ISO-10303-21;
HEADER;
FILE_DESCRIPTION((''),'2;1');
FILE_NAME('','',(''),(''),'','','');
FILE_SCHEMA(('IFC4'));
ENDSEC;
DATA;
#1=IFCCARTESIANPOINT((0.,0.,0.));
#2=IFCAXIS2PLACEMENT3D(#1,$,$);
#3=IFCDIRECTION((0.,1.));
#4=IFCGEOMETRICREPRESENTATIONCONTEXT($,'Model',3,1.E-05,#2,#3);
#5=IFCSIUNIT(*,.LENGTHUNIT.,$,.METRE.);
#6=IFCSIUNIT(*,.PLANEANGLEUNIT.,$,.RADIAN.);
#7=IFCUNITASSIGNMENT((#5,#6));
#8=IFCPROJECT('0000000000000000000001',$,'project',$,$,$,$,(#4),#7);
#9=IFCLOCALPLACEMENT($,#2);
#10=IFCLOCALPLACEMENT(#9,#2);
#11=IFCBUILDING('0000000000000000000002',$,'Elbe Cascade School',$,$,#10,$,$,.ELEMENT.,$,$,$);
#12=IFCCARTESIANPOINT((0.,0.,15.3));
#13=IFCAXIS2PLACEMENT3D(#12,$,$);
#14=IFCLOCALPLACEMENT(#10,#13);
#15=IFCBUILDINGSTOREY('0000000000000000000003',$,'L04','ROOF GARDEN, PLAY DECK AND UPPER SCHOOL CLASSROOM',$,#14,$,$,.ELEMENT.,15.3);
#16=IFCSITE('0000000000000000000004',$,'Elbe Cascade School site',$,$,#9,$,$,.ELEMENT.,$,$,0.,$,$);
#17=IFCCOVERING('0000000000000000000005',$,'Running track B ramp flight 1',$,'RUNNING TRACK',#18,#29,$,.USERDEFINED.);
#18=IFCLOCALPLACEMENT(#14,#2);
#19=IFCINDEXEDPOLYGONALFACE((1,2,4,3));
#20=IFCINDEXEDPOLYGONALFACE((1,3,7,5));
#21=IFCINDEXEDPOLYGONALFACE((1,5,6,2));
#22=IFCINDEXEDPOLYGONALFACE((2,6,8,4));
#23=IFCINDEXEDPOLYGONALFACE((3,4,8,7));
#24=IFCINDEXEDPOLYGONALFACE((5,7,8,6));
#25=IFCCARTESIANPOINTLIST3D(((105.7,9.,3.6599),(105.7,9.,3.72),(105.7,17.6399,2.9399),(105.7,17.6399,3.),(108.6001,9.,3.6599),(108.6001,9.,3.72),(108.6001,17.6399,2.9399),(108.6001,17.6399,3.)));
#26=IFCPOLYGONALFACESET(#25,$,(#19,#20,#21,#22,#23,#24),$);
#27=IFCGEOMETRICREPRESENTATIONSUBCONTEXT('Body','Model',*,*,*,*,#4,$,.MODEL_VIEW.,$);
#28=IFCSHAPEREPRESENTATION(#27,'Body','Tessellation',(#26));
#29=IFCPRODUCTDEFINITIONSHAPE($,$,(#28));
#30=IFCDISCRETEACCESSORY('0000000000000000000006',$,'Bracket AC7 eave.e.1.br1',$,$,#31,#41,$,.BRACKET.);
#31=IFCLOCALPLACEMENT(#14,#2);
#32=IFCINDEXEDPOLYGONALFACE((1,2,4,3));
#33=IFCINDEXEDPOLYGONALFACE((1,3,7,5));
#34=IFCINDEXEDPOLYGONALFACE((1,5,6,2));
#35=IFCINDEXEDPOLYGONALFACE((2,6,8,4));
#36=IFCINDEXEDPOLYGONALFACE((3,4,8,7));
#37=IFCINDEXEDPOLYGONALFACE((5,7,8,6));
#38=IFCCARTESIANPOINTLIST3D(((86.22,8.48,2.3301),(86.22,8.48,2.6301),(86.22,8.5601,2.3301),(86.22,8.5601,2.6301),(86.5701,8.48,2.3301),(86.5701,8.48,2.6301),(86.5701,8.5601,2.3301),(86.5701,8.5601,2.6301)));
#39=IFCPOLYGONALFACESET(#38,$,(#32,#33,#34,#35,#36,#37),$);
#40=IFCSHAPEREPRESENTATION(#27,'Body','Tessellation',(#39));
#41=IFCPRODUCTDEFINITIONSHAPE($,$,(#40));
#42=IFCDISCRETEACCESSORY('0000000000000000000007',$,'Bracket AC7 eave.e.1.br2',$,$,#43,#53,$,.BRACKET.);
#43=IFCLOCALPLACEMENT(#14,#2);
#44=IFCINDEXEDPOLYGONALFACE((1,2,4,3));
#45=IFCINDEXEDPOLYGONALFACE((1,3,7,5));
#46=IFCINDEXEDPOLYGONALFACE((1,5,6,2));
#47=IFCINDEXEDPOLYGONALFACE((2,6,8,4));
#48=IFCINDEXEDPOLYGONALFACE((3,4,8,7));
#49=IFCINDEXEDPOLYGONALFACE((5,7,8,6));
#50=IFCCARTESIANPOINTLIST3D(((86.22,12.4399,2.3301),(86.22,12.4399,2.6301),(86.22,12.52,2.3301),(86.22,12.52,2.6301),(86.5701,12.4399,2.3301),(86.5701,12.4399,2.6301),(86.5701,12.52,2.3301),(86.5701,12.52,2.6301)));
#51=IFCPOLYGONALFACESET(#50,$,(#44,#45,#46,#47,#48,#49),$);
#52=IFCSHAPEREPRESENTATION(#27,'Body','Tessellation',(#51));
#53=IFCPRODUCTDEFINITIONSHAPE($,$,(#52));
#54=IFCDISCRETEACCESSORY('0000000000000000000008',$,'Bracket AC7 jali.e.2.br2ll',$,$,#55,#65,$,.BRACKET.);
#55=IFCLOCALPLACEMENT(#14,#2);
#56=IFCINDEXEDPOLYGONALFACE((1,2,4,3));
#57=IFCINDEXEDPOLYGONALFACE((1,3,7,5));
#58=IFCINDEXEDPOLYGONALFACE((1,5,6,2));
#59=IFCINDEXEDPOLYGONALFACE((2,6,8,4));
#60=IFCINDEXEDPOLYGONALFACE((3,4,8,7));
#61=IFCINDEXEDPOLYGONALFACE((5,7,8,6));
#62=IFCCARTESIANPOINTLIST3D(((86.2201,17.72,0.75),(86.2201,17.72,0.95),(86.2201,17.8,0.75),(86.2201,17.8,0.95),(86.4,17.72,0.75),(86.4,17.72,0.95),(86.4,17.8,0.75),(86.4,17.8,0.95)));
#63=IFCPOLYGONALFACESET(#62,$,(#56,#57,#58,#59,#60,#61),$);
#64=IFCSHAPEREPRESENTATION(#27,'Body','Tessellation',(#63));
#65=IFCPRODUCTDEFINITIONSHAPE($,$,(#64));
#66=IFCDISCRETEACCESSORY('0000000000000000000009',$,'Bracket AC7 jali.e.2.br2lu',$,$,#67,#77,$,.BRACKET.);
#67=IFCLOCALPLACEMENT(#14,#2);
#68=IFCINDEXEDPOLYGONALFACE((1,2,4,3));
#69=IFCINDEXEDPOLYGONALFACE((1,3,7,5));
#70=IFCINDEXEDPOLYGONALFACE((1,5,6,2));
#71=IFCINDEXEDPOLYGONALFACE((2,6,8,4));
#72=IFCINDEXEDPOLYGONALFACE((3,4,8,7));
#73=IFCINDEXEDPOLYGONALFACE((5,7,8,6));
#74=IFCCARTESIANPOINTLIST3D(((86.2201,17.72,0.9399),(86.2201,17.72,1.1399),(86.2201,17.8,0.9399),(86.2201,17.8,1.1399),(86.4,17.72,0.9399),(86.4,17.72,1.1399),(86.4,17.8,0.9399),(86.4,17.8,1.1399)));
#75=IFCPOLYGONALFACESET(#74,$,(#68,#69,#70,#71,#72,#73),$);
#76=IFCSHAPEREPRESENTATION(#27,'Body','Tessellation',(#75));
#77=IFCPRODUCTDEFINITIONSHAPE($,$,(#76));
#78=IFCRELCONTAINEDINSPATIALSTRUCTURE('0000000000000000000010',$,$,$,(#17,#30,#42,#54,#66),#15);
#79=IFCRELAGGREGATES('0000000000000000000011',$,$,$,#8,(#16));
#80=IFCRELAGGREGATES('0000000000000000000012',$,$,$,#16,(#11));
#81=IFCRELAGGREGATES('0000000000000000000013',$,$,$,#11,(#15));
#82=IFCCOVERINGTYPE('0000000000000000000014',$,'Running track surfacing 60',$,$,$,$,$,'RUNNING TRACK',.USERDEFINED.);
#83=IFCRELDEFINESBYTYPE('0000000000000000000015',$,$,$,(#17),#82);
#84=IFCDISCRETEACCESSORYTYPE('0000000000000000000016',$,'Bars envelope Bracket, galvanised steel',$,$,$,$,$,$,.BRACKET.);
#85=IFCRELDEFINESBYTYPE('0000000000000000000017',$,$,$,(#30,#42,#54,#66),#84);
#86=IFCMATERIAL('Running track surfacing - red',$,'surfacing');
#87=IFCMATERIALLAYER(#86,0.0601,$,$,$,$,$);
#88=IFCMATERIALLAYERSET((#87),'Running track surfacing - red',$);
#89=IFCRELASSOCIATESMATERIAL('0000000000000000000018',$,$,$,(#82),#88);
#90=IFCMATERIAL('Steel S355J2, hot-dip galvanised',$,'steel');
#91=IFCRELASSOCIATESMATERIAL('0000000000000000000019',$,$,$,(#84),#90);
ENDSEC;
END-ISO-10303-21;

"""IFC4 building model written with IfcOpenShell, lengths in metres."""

from ifc_helpers import new_model, si_unit, direction, frame, origin, origin_2d, place, context, subcontext, project, spatial, polyline, rectangle, outline, extrude, material, layer, layer_set, type_object, element, save


model = new_model("IFC4")

# Units and contexts
model_context = context("Model", 3, precision=1e-05, world=origin(), true_north=direction((0.0, 1.0)))
body_context = subcontext(model_context, "Body", "Model", "MODEL_VIEW")
ifc_project = project(units=[si_unit("LENGTHUNIT", "METRE"), si_unit("PLANEANGLEUNIT", "RADIAN")], contexts=[model_context])

# Site, building, storey
site_placement = place(None, origin())
site = spatial("IfcSite", under=ifc_project, at=site_placement, Name="Elbe Cascade School site", CompositionType="ELEMENT", RefElevation=0.0)
building_placement = place(site_placement, origin())
building = spatial("IfcBuilding", under=site, at=building_placement, Name="Elbe Cascade School", CompositionType="ELEMENT")
storey_placement = place(building_placement, frame((0.0, 0.0, 15.3)))
storey = spatial("IfcBuildingStorey", under=building, at=storey_placement, Name="L04", Description="ROOF GARDEN, PLAY DECK AND UPPER SCHOOL CLASSROOM", CompositionType="ELEMENT", Elevation=15.3)

# Covering
ifc_material_1 = material(Name="Running track surfacing - red", Category="surfacing")
ifc_layer_1 = layer(ifc_material_1, 0.0601)
ifc_layer_set_1 = layer_set([ifc_layer_1], Name="Running track surfacing - red")
covering_type_1 = type_object("IfcCoveringType", Name="Running track surfacing 60", ElementType="RUNNING TRACK", PredefinedType="USERDEFINED", material=ifc_layer_set_1)
covering_1_placement = place(storey_placement, frame((105.7, 9.0, 3.72), z_axis=(0.0, 0.083043, 0.996546), x_axis=(0.0, 0.996546, -0.083043)))
element("IfcCovering", 1, at=covering_1_placement, inside=storey, type_object=covering_type_1, Name="Running track B ramp flight 1", ObjectType="RUNNING TRACK", PredefinedType="USERDEFINED", context=body_context, shape_type="SweptSolid", body=[
    extrude(outline(polyline([(0.0, 0.0), (8.6698, 0.0), (8.6698, -2.9001), (0.0, -2.9001), (0.0, 0.0)])), origin(), (0.083043, 0.0, -0.996546), 0.0601),
])

# Discrete accessories
ifc_material_2 = material(Name="Steel S355J2, hot-dip galvanised", Category="steel")
discrete_accessory_type = type_object("IfcDiscreteAccessoryType", Name="Bars envelope Bracket, galvanised steel", PredefinedType="BRACKET", material=ifc_material_2)
for number, where, z_axis, x_axis, name in (
    (2, (86.395, 8.52, 2.3301), (0.0, 0.0, 1.0), (0.0, 1.0, 0.0), "Bracket AC7 eave.e.1.br1"),
    (3, (86.395, 12.48, 2.3301), (0.0, 0.0, 1.0), (0.0, 1.0, 0.0), "Bracket AC7 eave.e.1.br2"),
):
    element("IfcDiscreteAccessory", number, at=place(storey_placement, frame(where, z_axis=z_axis, x_axis=x_axis)), inside=storey, type_object=discrete_accessory_type, Name=name, PredefinedType="BRACKET", context=body_context, shape_type="SweptSolid", body=[
        extrude(rectangle(XDim=0.0801, YDim=0.3501, at=origin_2d()), origin(), (0.0, 0.0, 1.0), 0.3),
    ])
for number, where, z_axis, x_axis, name in (
    (4, (86.3101, 17.76, 0.75), (0.0, 0.0, 1.0), (0.0, 1.0, 0.0), "Bracket AC7 jali.e.2.br2ll"),
    (5, (86.3101, 17.76, 0.9399), (0.0, 0.0, 1.0), (0.0, 1.0, 0.0), "Bracket AC7 jali.e.2.br2lu"),
):
    element("IfcDiscreteAccessory", number, at=place(storey_placement, frame(where, z_axis=z_axis, x_axis=x_axis)), inside=storey, type_object=discrete_accessory_type, Name=name, PredefinedType="BRACKET", context=body_context, shape_type="SweptSolid", body=[
        extrude(rectangle(XDim=0.0801, YDim=0.1799, at=origin_2d()), origin(), (0.0, 0.0, 1.0), 0.2),
    ])

save(model, "model.ifc")
